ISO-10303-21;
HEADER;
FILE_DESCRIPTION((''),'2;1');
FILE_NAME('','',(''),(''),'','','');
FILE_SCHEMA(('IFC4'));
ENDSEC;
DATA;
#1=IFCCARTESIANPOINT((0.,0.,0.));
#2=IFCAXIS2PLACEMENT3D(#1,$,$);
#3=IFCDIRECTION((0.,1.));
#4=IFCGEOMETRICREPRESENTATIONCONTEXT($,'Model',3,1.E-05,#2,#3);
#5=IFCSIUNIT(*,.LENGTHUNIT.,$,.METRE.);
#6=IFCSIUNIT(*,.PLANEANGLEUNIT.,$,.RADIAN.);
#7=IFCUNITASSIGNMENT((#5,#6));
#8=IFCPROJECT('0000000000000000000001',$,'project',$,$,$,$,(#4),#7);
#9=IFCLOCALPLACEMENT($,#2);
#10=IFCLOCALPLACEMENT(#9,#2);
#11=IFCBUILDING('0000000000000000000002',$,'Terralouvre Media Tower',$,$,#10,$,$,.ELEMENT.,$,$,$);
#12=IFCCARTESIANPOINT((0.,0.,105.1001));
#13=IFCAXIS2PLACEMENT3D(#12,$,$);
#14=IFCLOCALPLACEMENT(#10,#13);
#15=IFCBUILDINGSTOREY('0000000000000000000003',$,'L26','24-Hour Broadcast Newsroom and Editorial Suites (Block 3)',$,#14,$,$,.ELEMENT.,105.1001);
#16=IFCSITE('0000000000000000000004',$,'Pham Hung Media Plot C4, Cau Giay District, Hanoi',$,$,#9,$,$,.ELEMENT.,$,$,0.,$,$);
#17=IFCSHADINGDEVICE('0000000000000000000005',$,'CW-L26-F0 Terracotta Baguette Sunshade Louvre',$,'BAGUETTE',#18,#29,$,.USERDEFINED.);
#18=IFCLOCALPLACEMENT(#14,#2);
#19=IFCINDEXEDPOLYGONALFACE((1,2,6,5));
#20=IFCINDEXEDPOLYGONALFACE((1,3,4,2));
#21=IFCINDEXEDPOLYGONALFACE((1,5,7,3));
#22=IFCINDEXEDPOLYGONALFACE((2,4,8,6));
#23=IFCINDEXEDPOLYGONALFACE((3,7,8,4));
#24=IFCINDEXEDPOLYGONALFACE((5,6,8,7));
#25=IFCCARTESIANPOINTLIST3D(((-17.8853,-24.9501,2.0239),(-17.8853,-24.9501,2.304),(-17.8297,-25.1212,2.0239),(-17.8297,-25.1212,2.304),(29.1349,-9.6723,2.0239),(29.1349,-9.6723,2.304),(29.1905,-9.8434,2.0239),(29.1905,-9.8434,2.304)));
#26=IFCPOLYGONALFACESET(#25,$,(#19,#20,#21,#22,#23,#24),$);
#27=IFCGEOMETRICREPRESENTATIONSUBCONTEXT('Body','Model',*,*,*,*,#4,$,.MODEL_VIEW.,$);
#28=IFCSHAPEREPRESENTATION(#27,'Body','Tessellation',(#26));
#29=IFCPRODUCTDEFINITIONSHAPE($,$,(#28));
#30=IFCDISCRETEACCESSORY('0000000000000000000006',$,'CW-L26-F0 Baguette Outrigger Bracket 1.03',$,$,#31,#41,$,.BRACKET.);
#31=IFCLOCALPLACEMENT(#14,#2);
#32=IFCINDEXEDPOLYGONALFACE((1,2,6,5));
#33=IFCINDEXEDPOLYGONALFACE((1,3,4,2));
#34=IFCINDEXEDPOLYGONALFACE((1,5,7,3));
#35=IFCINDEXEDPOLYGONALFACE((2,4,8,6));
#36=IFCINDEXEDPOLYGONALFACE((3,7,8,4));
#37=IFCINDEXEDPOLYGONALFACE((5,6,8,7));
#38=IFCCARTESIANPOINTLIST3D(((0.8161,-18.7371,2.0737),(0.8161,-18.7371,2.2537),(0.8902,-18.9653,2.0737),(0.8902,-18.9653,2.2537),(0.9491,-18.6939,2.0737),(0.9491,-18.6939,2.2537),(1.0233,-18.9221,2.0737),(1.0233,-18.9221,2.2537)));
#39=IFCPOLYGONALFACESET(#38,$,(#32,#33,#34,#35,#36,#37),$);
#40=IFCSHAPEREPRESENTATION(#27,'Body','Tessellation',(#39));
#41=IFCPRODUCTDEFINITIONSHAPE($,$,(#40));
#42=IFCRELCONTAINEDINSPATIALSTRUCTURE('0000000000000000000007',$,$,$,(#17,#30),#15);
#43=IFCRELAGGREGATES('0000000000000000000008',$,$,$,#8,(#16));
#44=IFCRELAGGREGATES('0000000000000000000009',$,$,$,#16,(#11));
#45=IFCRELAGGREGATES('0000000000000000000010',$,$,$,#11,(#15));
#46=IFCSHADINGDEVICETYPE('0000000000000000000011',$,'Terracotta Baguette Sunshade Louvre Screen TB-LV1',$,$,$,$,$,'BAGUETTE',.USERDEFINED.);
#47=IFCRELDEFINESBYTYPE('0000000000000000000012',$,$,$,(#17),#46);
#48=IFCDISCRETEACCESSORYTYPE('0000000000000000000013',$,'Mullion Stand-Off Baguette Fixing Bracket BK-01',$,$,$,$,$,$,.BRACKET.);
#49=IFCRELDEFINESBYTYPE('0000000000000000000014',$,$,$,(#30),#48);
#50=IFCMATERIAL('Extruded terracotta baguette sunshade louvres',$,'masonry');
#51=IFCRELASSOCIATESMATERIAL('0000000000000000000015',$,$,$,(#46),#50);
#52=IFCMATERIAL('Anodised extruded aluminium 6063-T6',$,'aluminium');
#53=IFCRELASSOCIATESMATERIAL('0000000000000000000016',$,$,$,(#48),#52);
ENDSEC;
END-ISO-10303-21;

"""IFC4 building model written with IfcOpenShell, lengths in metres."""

from ifc_helpers import new_model, si_unit, direction, frame, origin, origin_2d, place, context, subcontext, project, spatial, rectangle, extrude, material, type_object, element, save


model = new_model("IFC4")

# Units and contexts
model_context = context("Model", 3, precision=1e-05, world=origin(), true_north=direction((0.0, 1.0)))
body_context = subcontext(model_context, "Body", "Model", "MODEL_VIEW")
ifc_project = project(units=[si_unit("LENGTHUNIT", "METRE"), si_unit("PLANEANGLEUNIT", "RADIAN")], contexts=[model_context])

# Site, building, storey
site_placement = place(None, origin())
site = spatial("IfcSite", under=ifc_project, at=site_placement, Name="Pham Hung Media Plot C4, Cau Giay District, Hanoi", CompositionType="ELEMENT", RefElevation=0.0)
building_placement = place(site_placement, origin())
building = spatial("IfcBuilding", under=site, at=building_placement, Name="Terralouvre Media Tower", CompositionType="ELEMENT")
storey_placement = place(building_placement, frame((0.0, 0.0, 105.1001)))
storey = spatial("IfcBuildingStorey", under=building, at=storey_placement, Name="L26", Description="24-Hour Broadcast Newsroom and Editorial Suites (Block 3)", CompositionType="ELEMENT", Elevation=105.1001)

# Shading device
ifc_material_1 = material(Name="Extruded terracotta baguette sunshade louvres", Category="masonry")
shading_device_type = type_object("IfcShadingDeviceType", Name="Terracotta Baguette Sunshade Louvre Screen TB-LV1", ElementType="BAGUETTE", PredefinedType="USERDEFINED", material=ifc_material_1)
shading_device_placement = place(storey_placement, frame((5.6526, -17.3967, 2.0239), z_axis=(0.0, 0.0, 1.0), x_axis=(0.951057, 0.309017, 0.0)))
element("IfcShadingDevice", 1, at=shading_device_placement, inside=storey, type_object=shading_device_type, Name="CW-L26-F0 Terracotta Baguette Sunshade Louvre", ObjectType="BAGUETTE", PredefinedType="USERDEFINED", context=body_context, shape_type="SweptSolid", body=[
    extrude(rectangle(XDim=49.4399, YDim=0.1799, at=origin_2d()), origin(), (0.0, 0.0, 1.0), 0.28),
])

# Discrete accessory
ifc_material_2 = material(Name="Anodised extruded aluminium 6063-T6", Category="aluminium")
discrete_accessory_type = type_object("IfcDiscreteAccessoryType", Name="Mullion Stand-Off Baguette Fixing Bracket BK-01", PredefinedType="BRACKET", material=ifc_material_2)
discrete_accessory_placement = place(storey_placement, frame((0.9197, -18.8296, 2.0737), z_axis=(0.0, 0.0, 1.0), x_axis=(0.951057, 0.309017, 0.0)))
element("IfcDiscreteAccessory", 2, at=discrete_accessory_placement, inside=storey, type_object=discrete_accessory_type, Name="CW-L26-F0 Baguette Outrigger Bracket 1.03", PredefinedType="BRACKET", context=body_context, shape_type="SweptSolid", body=[
    extrude(rectangle(XDim=0.1399, YDim=0.24, at=origin_2d()), origin(), (0.0, 0.0, 1.0), 0.1799),
])

save(model, "model.ifc")
